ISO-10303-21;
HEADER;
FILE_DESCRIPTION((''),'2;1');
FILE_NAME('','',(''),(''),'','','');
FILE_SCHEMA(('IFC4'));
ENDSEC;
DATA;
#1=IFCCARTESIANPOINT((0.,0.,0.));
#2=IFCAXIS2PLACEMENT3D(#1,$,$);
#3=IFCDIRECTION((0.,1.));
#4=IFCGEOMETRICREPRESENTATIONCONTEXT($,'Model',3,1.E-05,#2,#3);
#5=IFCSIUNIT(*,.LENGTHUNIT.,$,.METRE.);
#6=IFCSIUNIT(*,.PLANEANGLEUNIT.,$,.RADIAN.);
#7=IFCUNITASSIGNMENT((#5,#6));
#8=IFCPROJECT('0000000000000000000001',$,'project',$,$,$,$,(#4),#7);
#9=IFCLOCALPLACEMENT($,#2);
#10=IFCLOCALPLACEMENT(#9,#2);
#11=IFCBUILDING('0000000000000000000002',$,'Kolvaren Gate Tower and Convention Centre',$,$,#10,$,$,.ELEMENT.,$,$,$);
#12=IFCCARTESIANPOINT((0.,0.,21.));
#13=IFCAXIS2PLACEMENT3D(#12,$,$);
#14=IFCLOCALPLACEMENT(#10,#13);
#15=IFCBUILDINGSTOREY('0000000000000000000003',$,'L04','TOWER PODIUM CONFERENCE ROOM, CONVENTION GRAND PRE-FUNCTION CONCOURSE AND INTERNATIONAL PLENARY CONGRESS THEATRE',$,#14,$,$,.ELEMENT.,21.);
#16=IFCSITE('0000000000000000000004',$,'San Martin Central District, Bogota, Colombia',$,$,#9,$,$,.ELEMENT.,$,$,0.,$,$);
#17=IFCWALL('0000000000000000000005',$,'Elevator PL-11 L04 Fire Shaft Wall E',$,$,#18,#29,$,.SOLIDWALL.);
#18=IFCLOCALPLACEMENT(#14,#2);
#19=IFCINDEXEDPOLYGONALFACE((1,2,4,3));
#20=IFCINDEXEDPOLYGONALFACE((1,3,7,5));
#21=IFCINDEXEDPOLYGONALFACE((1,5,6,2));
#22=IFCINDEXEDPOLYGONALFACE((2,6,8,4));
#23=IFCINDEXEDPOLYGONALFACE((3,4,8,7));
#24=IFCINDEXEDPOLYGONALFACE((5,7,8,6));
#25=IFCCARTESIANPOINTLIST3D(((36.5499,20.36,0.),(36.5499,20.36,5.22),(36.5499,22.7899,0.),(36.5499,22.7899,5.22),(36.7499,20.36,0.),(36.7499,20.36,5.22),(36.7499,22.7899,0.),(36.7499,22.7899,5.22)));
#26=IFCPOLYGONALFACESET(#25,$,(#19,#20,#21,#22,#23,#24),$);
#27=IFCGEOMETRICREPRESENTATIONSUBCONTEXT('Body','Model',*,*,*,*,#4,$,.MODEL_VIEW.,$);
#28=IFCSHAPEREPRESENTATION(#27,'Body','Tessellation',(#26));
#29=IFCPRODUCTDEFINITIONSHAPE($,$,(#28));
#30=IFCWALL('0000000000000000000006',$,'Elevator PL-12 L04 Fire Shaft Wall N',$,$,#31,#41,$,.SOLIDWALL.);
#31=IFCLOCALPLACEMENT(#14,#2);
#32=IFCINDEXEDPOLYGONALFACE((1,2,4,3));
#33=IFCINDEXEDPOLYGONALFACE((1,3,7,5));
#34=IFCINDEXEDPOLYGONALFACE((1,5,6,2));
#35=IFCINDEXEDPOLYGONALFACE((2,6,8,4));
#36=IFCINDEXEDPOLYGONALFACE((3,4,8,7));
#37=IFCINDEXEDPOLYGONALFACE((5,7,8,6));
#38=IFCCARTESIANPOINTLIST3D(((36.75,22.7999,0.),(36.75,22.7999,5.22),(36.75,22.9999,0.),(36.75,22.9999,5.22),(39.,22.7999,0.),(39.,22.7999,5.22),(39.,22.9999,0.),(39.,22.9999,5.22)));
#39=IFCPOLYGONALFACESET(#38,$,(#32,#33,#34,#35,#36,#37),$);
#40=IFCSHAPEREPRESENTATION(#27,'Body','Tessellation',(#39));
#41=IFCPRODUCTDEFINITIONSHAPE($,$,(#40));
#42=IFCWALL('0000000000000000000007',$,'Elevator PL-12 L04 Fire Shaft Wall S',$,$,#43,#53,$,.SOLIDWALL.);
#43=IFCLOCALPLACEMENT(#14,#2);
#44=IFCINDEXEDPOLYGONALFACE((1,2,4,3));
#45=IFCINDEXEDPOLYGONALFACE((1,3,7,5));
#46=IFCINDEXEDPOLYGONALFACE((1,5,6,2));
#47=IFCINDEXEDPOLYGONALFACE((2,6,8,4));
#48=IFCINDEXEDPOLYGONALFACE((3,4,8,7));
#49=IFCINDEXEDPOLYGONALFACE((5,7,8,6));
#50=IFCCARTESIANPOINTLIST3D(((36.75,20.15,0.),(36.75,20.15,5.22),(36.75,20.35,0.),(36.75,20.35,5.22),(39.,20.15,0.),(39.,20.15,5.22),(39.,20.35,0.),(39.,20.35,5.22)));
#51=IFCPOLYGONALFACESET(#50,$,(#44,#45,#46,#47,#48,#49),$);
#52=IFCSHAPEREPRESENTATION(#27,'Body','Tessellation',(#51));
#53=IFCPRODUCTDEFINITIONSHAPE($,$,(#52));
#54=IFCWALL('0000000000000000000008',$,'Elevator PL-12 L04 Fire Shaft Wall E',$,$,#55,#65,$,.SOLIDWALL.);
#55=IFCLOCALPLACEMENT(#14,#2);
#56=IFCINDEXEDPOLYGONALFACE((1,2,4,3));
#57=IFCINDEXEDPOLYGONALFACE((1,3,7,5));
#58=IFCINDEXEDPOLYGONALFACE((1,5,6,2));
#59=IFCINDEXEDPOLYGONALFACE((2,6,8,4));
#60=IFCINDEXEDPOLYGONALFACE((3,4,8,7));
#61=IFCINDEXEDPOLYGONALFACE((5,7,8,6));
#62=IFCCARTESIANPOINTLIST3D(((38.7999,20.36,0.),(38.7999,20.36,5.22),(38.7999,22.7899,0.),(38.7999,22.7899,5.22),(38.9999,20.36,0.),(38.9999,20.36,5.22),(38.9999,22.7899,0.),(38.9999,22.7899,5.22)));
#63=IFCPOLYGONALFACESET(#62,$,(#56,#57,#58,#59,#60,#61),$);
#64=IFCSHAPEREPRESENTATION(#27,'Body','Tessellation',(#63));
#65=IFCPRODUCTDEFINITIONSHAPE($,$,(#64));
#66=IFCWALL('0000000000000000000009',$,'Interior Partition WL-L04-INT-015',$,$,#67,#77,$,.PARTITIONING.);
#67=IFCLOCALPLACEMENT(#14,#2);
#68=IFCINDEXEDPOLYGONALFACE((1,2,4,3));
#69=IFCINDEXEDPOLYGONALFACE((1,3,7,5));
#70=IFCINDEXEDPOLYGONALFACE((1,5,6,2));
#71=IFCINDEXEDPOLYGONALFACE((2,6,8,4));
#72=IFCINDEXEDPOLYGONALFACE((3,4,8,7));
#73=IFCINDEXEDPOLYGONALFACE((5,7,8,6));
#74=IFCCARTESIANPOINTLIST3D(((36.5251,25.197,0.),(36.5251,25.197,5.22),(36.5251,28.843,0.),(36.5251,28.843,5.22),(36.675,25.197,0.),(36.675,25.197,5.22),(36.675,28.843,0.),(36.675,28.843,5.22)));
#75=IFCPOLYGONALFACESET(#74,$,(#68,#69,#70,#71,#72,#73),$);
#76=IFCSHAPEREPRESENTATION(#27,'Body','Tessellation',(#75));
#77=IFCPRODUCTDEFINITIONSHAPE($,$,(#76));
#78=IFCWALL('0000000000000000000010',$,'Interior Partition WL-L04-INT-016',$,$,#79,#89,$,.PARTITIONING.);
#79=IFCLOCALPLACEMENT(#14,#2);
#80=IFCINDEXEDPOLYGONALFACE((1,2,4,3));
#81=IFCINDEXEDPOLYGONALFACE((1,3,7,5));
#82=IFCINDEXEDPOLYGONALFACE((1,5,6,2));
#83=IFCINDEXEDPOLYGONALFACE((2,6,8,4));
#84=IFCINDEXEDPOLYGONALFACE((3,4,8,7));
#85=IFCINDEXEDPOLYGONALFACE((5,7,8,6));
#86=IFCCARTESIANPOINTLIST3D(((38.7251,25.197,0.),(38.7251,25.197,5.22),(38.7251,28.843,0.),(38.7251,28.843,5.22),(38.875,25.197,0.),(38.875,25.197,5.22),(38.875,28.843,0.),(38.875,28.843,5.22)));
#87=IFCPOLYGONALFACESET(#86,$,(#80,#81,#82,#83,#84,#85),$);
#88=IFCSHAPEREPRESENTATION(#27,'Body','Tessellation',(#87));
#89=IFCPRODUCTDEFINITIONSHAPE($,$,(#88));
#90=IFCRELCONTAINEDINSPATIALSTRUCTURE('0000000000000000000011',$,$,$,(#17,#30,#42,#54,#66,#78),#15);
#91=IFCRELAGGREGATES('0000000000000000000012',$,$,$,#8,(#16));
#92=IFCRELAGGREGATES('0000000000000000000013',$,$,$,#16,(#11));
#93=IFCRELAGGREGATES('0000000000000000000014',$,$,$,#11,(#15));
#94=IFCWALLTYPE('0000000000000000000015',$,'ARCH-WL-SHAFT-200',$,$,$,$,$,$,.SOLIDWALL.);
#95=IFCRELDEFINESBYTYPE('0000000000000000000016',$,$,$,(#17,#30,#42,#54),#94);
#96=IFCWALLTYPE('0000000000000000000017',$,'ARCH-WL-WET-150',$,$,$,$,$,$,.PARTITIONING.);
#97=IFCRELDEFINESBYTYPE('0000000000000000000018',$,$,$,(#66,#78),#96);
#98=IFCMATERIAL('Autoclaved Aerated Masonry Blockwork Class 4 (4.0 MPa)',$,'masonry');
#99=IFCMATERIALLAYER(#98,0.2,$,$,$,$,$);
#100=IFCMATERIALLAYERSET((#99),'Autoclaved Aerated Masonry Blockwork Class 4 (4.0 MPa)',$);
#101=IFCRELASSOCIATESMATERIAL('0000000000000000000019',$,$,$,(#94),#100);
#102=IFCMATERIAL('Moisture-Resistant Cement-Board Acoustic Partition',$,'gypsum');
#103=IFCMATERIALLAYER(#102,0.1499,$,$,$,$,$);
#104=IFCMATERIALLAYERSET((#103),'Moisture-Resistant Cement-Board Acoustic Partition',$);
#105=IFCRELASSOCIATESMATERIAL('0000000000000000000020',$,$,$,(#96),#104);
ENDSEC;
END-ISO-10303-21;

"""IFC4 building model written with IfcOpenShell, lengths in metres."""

from ifc_helpers import new_model, si_unit, direction, frame, frame_2d, origin, place, context, subcontext, project, spatial, rectangle, extrude, material, layer, layer_set, type_object, element, save


model = new_model("IFC4")

# Units and contexts
model_context = context("Model", 3, precision=1e-05, world=origin(), true_north=direction((0.0, 1.0)))
body_context = subcontext(model_context, "Body", "Model", "MODEL_VIEW")
ifc_project = project(units=[si_unit("LENGTHUNIT", "METRE"), si_unit("PLANEANGLEUNIT", "RADIAN")], contexts=[model_context])

# Site, building, storey
site_placement = place(None, origin())
site = spatial("IfcSite", under=ifc_project, at=site_placement, Name="San Martin Central District, Bogota, Colombia", CompositionType="ELEMENT", RefElevation=0.0)
building_placement = place(site_placement, origin())
building = spatial("IfcBuilding", under=site, at=building_placement, Name="Kolvaren Gate Tower and Convention Centre", CompositionType="ELEMENT")
storey_placement = place(building_placement, frame((0.0, 0.0, 21.0)))
storey = spatial("IfcBuildingStorey", under=building, at=storey_placement, Name="L04", Description="TOWER PODIUM CONFERENCE ROOM, CONVENTION GRAND PRE-FUNCTION CONCOURSE AND INTERNATIONAL PLENARY CONGRESS THEATRE", CompositionType="ELEMENT", Elevation=21.0)

# Walls
ifc_material_1 = material(Name="Autoclaved Aerated Masonry Blockwork Class 4 (4.0 MPa)", Category="masonry")
ifc_layer_1 = layer(ifc_material_1, 0.2)
ifc_layer_set_1 = layer_set([ifc_layer_1], Name="Autoclaved Aerated Masonry Blockwork Class 4 (4.0 MPa)")
wall_type_1 = type_object("IfcWallType", Name="ARCH-WL-SHAFT-200", PredefinedType="SOLIDWALL", material=ifc_layer_set_1)
wall_1_placement = place(storey_placement, frame((36.6499, 20.3601, 0.0), z_axis=(0.0, 0.0, 1.0), x_axis=(0.0, 1.0, 0.0)))
element("IfcWall", 1, at=wall_1_placement, inside=storey, type_object=wall_type_1, Name="Elevator PL-11 L04 Fire Shaft Wall E", PredefinedType="SOLIDWALL", context=body_context, shape_type="SweptSolid", body=[
    extrude(rectangle(XDim=2.4299, YDim=0.2, at=frame_2d((1.2148, 0.0))), origin(), (0.0, 0.0, 1.0), 5.22),
])
for number, where, z_axis, x_axis, name in (
    (2, (36.75, 22.8999, 0.0), (0.0, 0.0, 1.0), (1.0, 0.0, 0.0), "Elevator PL-12 L04 Fire Shaft Wall N"),
    (3, (36.75, 20.25, 0.0), (0.0, 0.0, 1.0), (1.0, 0.0, 0.0), "Elevator PL-12 L04 Fire Shaft Wall S"),
):
    element("IfcWall", number, at=place(storey_placement, frame(where, z_axis=z_axis, x_axis=x_axis)), inside=storey, type_object=wall_type_1, Name=name, PredefinedType="SOLIDWALL", context=body_context, shape_type="SweptSolid", body=[
        extrude(rectangle(XDim=2.25, YDim=0.2, at=frame_2d((1.125, 0.0))), origin(), (0.0, 0.0, 1.0), 5.22),
    ])
wall_2_placement = place(storey_placement, frame((38.8999, 20.3601, 0.0), z_axis=(0.0, 0.0, 1.0), x_axis=(0.0, 1.0, 0.0)))
element("IfcWall", 4, at=wall_2_placement, inside=storey, type_object=wall_type_1, Name="Elevator PL-12 L04 Fire Shaft Wall E", PredefinedType="SOLIDWALL", context=body_context, shape_type="SweptSolid", body=[
    extrude(rectangle(XDim=2.4299, YDim=0.2, at=frame_2d((1.2148, 0.0))), origin(), (0.0, 0.0, 1.0), 5.22),
])
ifc_material_2 = material(Name="Moisture-Resistant Cement-Board Acoustic Partition", Category="gypsum")
ifc_layer_2 = layer(ifc_material_2, 0.1499)
ifc_layer_set_2 = layer_set([ifc_layer_2], Name="Moisture-Resistant Cement-Board Acoustic Partition")
wall_type_2 = type_object("IfcWallType", Name="ARCH-WL-WET-150", PredefinedType="PARTITIONING", material=ifc_layer_set_2)
for number, where, z_axis, x_axis, name in (
    (5, (36.6001, 25.197, 0.0), (0.0, 0.0, 1.0), (0.0, 1.0, 0.0), "Interior Partition WL-L04-INT-015"),
    (6, (38.8, 25.197, 0.0), (0.0, 0.0, 1.0), (0.0, 1.0, 0.0), "Interior Partition WL-L04-INT-016"),
):
    element("IfcWall", number, at=place(storey_placement, frame(where, z_axis=z_axis, x_axis=x_axis)), inside=storey, type_object=wall_type_2, Name=name, PredefinedType="PARTITIONING", context=body_context, shape_type="SweptSolid", body=[
        extrude(rectangle(XDim=3.646, YDim=0.1499, at=frame_2d((1.823, 0.0))), origin(), (0.0, 0.0, 1.0), 5.22),
    ])

save(model, "model.ifc")
